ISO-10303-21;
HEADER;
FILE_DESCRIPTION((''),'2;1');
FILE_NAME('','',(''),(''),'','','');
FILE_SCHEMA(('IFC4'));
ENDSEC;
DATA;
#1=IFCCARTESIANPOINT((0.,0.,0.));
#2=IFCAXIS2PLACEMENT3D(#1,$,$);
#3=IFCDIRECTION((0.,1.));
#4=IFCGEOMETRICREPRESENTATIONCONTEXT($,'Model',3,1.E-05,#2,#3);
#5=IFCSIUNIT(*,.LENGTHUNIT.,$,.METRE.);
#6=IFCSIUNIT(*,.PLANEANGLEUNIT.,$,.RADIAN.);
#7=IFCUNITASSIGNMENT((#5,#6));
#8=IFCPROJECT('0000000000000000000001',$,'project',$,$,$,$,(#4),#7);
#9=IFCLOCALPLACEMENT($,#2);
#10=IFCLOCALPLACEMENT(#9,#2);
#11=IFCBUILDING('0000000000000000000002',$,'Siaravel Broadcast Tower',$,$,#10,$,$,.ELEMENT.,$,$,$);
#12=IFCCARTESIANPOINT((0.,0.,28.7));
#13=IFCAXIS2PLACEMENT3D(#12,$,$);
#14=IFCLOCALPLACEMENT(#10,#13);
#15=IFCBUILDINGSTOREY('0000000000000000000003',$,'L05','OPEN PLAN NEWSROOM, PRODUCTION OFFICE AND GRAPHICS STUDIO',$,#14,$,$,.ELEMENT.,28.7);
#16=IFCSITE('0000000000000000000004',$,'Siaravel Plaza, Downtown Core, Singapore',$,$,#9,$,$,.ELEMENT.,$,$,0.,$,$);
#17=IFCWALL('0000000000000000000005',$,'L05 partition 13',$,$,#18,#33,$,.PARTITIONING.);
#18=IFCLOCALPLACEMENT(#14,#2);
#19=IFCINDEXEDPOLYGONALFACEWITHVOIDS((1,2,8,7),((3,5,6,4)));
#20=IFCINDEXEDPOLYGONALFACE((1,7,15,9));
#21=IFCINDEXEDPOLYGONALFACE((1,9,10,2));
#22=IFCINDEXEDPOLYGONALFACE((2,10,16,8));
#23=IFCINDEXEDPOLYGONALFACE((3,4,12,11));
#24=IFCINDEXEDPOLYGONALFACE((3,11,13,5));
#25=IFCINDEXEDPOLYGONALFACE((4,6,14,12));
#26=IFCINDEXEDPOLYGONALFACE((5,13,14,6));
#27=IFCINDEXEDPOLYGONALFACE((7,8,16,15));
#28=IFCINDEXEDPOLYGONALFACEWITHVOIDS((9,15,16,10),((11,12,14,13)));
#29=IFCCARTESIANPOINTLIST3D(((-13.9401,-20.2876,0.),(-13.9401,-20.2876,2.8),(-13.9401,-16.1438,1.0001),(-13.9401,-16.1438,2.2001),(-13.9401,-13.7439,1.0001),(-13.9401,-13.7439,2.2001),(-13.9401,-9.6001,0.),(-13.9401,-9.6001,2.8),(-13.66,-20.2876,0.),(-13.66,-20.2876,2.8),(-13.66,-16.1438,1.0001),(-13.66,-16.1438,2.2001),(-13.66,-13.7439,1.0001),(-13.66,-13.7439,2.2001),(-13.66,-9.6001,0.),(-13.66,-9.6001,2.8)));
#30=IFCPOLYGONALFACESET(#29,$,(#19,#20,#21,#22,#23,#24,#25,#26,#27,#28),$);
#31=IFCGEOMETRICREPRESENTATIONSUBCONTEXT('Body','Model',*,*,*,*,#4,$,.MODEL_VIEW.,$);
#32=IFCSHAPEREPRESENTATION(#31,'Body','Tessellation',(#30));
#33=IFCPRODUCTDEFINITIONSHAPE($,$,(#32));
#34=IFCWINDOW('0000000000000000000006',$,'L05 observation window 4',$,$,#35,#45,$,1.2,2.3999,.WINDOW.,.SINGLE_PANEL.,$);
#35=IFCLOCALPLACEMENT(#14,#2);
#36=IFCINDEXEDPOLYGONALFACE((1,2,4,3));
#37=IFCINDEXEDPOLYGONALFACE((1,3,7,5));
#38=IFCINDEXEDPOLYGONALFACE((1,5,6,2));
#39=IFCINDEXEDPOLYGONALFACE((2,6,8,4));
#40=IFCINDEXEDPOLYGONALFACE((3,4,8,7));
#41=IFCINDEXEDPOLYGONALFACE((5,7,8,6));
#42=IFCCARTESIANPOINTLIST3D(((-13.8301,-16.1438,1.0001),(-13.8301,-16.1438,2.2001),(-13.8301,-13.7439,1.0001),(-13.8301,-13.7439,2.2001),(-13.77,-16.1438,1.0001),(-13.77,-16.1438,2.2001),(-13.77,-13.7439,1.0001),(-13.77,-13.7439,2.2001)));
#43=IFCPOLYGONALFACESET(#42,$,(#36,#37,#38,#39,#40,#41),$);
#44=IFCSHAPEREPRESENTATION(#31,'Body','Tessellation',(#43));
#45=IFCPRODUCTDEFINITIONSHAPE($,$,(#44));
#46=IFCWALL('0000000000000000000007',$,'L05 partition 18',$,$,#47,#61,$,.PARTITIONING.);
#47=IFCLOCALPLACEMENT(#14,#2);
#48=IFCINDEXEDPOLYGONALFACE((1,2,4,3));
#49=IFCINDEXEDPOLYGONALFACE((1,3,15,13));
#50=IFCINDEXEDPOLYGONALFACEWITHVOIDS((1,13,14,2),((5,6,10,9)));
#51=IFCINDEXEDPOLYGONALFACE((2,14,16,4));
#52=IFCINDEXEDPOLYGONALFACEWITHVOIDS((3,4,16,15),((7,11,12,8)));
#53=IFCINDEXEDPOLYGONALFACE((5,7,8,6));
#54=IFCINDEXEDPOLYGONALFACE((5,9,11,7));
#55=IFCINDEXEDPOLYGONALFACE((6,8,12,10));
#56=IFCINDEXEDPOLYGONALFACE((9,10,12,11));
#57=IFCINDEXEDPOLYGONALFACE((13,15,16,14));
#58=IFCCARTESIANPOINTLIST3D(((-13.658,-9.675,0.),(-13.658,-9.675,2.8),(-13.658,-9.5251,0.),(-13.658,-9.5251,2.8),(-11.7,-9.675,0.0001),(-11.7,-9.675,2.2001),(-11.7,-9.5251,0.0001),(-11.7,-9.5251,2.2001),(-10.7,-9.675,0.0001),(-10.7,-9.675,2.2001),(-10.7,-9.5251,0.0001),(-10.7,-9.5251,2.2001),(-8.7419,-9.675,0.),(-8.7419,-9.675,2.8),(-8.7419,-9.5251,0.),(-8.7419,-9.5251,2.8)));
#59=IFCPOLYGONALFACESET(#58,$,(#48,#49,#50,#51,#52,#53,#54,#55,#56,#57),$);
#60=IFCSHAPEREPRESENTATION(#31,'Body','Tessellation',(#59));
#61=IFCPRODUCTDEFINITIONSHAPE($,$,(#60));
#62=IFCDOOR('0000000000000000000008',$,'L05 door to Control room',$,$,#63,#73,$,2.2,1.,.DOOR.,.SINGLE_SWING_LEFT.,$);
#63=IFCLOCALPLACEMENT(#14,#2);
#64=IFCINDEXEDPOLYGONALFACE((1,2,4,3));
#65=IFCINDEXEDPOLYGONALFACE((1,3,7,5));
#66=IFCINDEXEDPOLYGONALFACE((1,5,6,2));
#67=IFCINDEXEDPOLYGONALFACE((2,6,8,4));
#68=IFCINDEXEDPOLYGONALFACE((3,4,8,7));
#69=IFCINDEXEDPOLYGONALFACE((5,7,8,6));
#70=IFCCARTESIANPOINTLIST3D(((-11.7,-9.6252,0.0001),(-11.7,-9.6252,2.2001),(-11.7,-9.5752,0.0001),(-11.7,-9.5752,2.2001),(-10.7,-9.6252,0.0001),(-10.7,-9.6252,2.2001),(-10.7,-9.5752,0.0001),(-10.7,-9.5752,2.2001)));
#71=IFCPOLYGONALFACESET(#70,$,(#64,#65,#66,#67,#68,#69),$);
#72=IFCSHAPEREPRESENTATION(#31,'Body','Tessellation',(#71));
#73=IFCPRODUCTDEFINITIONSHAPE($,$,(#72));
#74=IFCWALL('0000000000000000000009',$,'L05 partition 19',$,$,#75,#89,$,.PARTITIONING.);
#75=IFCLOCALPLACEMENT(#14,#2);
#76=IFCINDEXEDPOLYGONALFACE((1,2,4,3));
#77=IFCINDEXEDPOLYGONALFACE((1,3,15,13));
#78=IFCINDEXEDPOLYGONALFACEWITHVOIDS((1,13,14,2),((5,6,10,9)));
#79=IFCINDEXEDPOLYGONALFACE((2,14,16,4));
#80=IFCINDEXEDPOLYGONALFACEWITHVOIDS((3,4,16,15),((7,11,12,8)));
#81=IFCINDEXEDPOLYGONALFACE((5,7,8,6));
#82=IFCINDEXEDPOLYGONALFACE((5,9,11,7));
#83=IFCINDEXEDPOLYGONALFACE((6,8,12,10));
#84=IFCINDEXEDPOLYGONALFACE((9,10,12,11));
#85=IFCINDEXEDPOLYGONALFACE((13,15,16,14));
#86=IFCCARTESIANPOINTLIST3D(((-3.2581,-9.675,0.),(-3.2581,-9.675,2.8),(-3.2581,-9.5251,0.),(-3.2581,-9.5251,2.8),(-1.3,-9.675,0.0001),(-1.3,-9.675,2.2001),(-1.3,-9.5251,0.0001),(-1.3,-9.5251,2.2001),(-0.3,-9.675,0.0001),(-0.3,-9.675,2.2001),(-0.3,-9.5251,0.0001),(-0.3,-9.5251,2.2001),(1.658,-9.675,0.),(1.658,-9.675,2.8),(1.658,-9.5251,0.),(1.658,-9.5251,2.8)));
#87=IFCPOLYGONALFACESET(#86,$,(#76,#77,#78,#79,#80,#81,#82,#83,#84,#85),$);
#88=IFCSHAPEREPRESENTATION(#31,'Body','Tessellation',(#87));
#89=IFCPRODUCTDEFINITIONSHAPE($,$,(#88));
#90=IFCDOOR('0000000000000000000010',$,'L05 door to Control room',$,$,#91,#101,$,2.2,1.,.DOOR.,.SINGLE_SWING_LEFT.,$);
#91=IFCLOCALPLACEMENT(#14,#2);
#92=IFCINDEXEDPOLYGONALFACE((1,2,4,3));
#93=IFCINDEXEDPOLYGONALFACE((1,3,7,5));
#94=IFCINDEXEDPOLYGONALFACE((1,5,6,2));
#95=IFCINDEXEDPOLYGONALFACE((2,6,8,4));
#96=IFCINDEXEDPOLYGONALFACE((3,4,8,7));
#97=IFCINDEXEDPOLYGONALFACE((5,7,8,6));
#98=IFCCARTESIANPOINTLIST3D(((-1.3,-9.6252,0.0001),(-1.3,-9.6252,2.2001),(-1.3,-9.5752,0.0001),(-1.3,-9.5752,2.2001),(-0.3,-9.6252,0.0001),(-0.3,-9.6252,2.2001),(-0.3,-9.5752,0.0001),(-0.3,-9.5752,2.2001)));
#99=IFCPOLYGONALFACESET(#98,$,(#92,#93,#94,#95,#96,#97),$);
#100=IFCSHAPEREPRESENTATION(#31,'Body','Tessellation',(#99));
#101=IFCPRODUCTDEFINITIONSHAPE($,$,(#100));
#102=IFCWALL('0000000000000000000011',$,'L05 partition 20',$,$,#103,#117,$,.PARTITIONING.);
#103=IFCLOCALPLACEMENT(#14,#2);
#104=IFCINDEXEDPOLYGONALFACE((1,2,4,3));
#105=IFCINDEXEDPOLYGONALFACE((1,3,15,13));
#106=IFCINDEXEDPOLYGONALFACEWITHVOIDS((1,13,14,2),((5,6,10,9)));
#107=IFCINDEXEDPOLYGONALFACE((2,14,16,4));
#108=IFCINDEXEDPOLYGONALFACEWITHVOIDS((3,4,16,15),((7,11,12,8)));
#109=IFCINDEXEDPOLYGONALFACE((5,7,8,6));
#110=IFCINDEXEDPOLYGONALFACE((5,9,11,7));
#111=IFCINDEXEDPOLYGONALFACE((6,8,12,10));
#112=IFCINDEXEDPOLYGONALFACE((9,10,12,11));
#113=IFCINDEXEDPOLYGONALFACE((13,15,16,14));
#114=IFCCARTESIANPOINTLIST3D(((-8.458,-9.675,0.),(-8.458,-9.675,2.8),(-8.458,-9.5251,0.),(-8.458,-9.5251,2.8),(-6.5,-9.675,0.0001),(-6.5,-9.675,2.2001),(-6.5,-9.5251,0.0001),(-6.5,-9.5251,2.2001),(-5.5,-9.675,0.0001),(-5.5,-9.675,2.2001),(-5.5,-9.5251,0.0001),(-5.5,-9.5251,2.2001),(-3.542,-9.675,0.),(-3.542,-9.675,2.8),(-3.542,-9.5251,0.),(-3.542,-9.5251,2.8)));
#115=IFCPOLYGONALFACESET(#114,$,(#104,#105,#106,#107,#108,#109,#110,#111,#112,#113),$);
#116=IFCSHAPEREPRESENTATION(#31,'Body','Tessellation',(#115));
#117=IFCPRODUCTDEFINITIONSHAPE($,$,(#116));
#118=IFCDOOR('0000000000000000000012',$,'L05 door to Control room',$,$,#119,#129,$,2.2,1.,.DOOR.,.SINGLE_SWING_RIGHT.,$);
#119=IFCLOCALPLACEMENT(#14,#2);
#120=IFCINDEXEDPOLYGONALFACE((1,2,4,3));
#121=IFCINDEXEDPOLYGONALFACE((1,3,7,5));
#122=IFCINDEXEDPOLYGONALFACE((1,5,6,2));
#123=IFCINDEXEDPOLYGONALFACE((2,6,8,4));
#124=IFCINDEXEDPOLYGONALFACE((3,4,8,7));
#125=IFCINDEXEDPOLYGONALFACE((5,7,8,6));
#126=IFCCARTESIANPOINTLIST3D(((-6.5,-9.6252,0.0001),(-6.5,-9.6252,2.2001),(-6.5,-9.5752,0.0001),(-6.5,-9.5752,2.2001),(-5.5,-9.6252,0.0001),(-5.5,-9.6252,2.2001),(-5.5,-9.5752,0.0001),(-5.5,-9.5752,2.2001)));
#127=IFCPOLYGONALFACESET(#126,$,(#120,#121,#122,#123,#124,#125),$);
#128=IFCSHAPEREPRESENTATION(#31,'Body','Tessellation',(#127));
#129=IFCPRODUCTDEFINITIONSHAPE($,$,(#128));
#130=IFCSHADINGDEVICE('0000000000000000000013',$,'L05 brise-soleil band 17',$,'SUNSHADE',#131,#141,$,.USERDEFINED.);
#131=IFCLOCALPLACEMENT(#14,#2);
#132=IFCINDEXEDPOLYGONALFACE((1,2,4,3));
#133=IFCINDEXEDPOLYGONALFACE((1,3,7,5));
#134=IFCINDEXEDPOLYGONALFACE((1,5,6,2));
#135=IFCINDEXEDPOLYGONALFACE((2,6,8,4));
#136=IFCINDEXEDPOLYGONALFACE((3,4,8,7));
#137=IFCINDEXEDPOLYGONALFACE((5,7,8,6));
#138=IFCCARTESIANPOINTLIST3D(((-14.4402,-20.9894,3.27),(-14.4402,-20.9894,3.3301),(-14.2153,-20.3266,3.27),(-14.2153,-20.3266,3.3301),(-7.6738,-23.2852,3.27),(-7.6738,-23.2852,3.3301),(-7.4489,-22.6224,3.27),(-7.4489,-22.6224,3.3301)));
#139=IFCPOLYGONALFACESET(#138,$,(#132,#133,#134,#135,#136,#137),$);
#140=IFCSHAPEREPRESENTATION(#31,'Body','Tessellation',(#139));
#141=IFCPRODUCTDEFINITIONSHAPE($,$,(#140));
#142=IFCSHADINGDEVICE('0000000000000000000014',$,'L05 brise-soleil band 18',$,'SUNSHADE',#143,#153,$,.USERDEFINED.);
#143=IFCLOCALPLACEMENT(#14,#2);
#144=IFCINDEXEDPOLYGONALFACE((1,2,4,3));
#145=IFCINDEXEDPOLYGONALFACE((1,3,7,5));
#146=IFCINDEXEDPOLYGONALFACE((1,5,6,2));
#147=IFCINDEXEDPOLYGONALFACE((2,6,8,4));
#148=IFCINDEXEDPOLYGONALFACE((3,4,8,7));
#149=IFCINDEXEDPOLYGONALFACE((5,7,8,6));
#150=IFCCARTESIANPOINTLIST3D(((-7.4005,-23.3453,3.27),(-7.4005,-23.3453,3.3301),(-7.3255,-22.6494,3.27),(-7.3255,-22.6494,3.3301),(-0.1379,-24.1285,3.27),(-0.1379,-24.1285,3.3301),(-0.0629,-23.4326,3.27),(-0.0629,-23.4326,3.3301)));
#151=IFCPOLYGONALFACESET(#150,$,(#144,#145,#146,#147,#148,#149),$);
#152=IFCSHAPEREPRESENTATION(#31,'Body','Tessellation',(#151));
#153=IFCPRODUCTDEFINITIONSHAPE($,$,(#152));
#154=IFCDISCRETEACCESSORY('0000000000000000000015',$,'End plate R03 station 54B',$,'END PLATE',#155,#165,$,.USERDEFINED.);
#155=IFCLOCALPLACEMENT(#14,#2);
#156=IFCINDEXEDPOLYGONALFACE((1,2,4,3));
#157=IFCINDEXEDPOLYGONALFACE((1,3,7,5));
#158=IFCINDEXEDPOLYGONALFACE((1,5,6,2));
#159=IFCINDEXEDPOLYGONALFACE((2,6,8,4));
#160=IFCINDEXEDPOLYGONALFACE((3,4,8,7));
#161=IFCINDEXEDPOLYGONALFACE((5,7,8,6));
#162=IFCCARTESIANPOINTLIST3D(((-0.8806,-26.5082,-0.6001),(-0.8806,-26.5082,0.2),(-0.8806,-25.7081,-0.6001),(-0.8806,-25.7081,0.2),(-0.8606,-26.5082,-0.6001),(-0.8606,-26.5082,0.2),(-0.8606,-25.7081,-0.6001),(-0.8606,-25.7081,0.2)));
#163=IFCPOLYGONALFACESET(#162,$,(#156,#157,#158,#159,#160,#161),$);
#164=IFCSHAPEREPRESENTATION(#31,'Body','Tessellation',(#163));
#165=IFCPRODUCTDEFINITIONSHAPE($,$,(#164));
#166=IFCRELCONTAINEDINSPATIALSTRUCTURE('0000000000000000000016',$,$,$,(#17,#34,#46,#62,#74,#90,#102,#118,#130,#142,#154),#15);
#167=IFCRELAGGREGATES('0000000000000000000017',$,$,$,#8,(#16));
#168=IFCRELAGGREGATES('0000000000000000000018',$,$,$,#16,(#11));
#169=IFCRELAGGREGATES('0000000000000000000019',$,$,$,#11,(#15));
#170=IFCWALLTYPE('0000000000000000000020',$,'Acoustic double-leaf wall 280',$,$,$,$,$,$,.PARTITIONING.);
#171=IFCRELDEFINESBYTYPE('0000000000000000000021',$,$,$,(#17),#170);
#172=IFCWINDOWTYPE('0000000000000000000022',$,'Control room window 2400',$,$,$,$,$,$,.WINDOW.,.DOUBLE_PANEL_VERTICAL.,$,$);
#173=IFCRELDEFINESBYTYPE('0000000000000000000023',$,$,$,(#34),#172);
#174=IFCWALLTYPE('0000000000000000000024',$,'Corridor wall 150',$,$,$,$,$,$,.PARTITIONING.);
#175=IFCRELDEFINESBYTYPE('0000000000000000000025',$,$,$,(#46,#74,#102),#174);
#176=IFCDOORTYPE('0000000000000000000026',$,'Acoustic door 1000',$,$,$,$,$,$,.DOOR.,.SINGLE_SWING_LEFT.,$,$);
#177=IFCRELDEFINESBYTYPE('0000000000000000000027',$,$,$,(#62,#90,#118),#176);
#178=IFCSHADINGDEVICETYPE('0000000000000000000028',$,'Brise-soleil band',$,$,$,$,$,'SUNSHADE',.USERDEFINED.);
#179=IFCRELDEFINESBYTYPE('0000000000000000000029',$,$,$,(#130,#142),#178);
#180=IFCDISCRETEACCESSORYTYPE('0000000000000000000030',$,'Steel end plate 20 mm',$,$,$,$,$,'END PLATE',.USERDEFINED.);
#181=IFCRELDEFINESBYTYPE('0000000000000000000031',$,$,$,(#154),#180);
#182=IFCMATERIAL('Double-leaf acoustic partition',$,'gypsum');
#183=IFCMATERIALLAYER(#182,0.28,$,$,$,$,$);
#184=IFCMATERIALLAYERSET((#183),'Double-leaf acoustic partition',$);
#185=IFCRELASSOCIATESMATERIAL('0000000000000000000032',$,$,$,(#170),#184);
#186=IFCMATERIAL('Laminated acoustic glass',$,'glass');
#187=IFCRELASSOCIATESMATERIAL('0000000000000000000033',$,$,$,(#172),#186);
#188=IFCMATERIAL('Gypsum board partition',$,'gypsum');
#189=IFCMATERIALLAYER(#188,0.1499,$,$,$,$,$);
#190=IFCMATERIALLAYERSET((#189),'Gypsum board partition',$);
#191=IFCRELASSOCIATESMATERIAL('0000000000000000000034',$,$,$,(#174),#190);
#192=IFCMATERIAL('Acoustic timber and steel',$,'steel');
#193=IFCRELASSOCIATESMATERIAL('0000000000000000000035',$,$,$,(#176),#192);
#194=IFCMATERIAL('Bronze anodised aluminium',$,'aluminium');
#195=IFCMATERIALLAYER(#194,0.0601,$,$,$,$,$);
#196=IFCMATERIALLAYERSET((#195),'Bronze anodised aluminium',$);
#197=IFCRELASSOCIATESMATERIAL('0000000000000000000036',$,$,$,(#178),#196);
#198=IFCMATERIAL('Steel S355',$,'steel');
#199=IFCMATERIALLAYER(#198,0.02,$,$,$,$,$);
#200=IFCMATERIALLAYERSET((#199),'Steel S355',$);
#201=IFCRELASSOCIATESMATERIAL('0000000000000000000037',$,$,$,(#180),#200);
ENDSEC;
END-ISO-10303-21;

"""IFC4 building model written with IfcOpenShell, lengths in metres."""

from ifc_helpers import new_model, si_unit, direction, frame, frame_2d, origin, origin_2d, place, context, subcontext, project, spatial, rectangle, extrude, material, layer, layer_set, type_object, element, fill, save


model = new_model("IFC4")

# Units and contexts
model_context = context("Model", 3, precision=1e-05, world=origin(), true_north=direction((0.0, 1.0)))
body_context = subcontext(model_context, "Body", "Model", "MODEL_VIEW")
ifc_project = project(units=[si_unit("LENGTHUNIT", "METRE"), si_unit("PLANEANGLEUNIT", "RADIAN")], contexts=[model_context])

# Site, building, storey
site_placement = place(None, origin())
site = spatial("IfcSite", under=ifc_project, at=site_placement, Name="Siaravel Plaza, Downtown Core, Singapore", CompositionType="ELEMENT", RefElevation=0.0)
building_placement = place(site_placement, origin())
building = spatial("IfcBuilding", under=site, at=building_placement, Name="Siaravel Broadcast Tower", CompositionType="ELEMENT")
storey_placement = place(building_placement, frame((0.0, 0.0, 28.7)))
storey = spatial("IfcBuildingStorey", under=building, at=storey_placement, Name="L05", Description="OPEN PLAN NEWSROOM, PRODUCTION OFFICE AND GRAPHICS STUDIO", CompositionType="ELEMENT", Elevation=28.7)

# Shared definitions
ifc_material_1 = material(Name="Steel S355", Category="steel")

# Wall, opening, window
ifc_material_2 = material(Name="Double-leaf acoustic partition", Category="gypsum")
ifc_layer_1 = layer(ifc_material_2, 0.28)
ifc_layer_set_1 = layer_set([ifc_layer_1], Name="Double-leaf acoustic partition")
wall_type_1 = type_object("IfcWallType", Name="Acoustic double-leaf wall 280", PredefinedType="PARTITIONING", material=ifc_layer_set_1)
ifc_material_3 = material(Name="Laminated acoustic glass", Category="glass")
window_type = type_object("IfcWindowType", Name="Control room window 2400", PartitioningType="DOUBLE_PANEL_VERTICAL", PredefinedType="WINDOW", material=ifc_material_3)
wall_1_placement = place(storey_placement, frame((-13.8, -20.2876, 0.0), z_axis=(0.0, 0.0, 1.0), x_axis=(0.0, 1.0, 0.0)))
wall_1 = element("IfcWall", 1, at=wall_1_placement, inside=storey, type_object=wall_type_1, Name="L05 partition 13", PredefinedType="PARTITIONING", context=body_context, shape_type="SweptSolid", body=[
    extrude(rectangle(XDim=10.6875, YDim=0.28, at=frame_2d((5.3438, 0.0))), origin(), (0.0, 0.0, 1.0), 2.8),
])
opening_1_placement = place(wall_1_placement, frame((4.1438, 0.0, 1.0)))
opening_1 = element("IfcOpeningElement", 2, at=opening_1_placement, cuts=wall_1, PredefinedType="OPENING", context=body_context, shape_type="SweptSolid", body=[
    extrude(rectangle(XDim=2.3999, YDim=1.2, at=frame_2d((1.2, 0.6001))), frame((0.0, 0.1499, 0.0), z_axis=(0.0, -1.0, 0.0), x_axis=(1.0, 0.0, 0.0)), (0.0, 0.0, 1.0), 0.3),
])
window_1_placement = place(opening_1_placement, origin())
window_1 = element("IfcWindow", 3, at=window_1_placement, inside=storey, type_object=window_type, Name="L05 observation window 4", OverallHeight=1.2, OverallWidth=2.3999, PartitioningType="SINGLE_PANEL", PredefinedType="WINDOW", context=body_context, shape_type="SweptSolid", body=[
    extrude(rectangle(XDim=2.3999, YDim=1.2, at=frame_2d((1.2, 0.6001))), frame((0.0, 0.03, 0.0), z_axis=(0.0, -1.0, 0.0), x_axis=(1.0, 0.0, 0.0)), (0.0, 0.0, 1.0), 0.0601),
])
fill(opening_1, window_1)

# Walls, openings, doors
ifc_material_4 = material(Name="Gypsum board partition", Category="gypsum")
ifc_layer_2 = layer(ifc_material_4, 0.1499)
ifc_layer_set_2 = layer_set([ifc_layer_2], Name="Gypsum board partition")
wall_type_2 = type_object("IfcWallType", Name="Corridor wall 150", PredefinedType="PARTITIONING", material=ifc_layer_set_2)
wall_2_placement = place(storey_placement, frame((-13.658, -9.6001, 0.0), z_axis=(0.0, 0.0, 1.0), x_axis=(1.0, 0.0, 0.0)))
wall_2 = element("IfcWall", 4, at=wall_2_placement, inside=storey, type_object=wall_type_2, Name="L05 partition 18", PredefinedType="PARTITIONING", context=body_context, shape_type="SweptSolid", body=[
    extrude(rectangle(XDim=4.916, YDim=0.1499, at=frame_2d((2.458, 0.0))), origin(), (0.0, 0.0, 1.0), 2.8),
])
opening_2_placement = place(wall_2_placement, frame((1.958, 0.0, 0.0)))
opening_2 = element("IfcOpeningElement", 5, at=opening_2_placement, cuts=wall_2, PredefinedType="OPENING", context=body_context, shape_type="SweptSolid", body=[
    extrude(rectangle(XDim=1.0, YDim=2.2, at=frame_2d((0.5, 1.1001))), frame((0.0, 0.085, 0.0), z_axis=(0.0, -1.0, 0.0), x_axis=(1.0, 0.0, 0.0)), (0.0, 0.0, 1.0), 0.1699),
])
ifc_material_5 = material(Name="Acoustic timber and steel", Category="steel")
door_type_1 = type_object("IfcDoorType", Name="Acoustic door 1000", OperationType="SINGLE_SWING_LEFT", PredefinedType="DOOR", material=ifc_material_5)
door_1_placement = place(opening_2_placement, origin())
door_1 = element("IfcDoor", 6, at=door_1_placement, inside=storey, type_object=door_type_1, Name="L05 door to Control room", OperationType="SINGLE_SWING_LEFT", OverallHeight=2.2, OverallWidth=1.0, PredefinedType="DOOR", context=body_context, shape_type="SweptSolid", body=[
    extrude(rectangle(XDim=1.0, YDim=2.2, at=frame_2d((0.5, 1.1001))), frame((0.0, 0.0249, 0.0), z_axis=(0.0, -1.0, 0.0), x_axis=(1.0, 0.0, 0.0)), (0.0, 0.0, 1.0), 0.05),
])
fill(opening_2, door_1)
wall_3_placement = place(storey_placement, frame((-3.2581, -9.6001, 0.0), z_axis=(0.0, 0.0, 1.0), x_axis=(1.0, 0.0, 0.0)))
wall_3 = element("IfcWall", 7, at=wall_3_placement, inside=storey, type_object=wall_type_2, Name="L05 partition 19", PredefinedType="PARTITIONING", context=body_context, shape_type="SweptSolid", body=[
    extrude(rectangle(XDim=4.916, YDim=0.1499, at=frame_2d((2.458, 0.0))), origin(), (0.0, 0.0, 1.0), 2.8),
])
opening_3_placement = place(wall_3_placement, frame((1.958, 0.0, 0.0)))
opening_3 = element("IfcOpeningElement", 8, at=opening_3_placement, cuts=wall_3, PredefinedType="OPENING", context=body_context, shape_type="SweptSolid", body=[
    extrude(rectangle(XDim=1.0, YDim=2.2, at=frame_2d((0.5, 1.1001))), frame((0.0, 0.085, 0.0), z_axis=(0.0, -1.0, 0.0), x_axis=(1.0, 0.0, 0.0)), (0.0, 0.0, 1.0), 0.1699),
])
door_2_placement = place(opening_3_placement, origin())
door_2 = element("IfcDoor", 9, at=door_2_placement, inside=storey, type_object=door_type_1, Name="L05 door to Control room", OperationType="SINGLE_SWING_LEFT", OverallHeight=2.2, OverallWidth=1.0, PredefinedType="DOOR", context=body_context, shape_type="SweptSolid", body=[
    extrude(rectangle(XDim=1.0, YDim=2.2, at=frame_2d((0.5, 1.1001))), frame((0.0, 0.0249, 0.0), z_axis=(0.0, -1.0, 0.0), x_axis=(1.0, 0.0, 0.0)), (0.0, 0.0, 1.0), 0.05),
])
fill(opening_3, door_2)
wall_4_placement = place(storey_placement, frame((-8.458, -9.6001, 0.0), z_axis=(0.0, 0.0, 1.0), x_axis=(1.0, 0.0, 0.0)))
wall_4 = element("IfcWall", 10, at=wall_4_placement, inside=storey, type_object=wall_type_2, Name="L05 partition 20", PredefinedType="PARTITIONING", context=body_context, shape_type="SweptSolid", body=[
    extrude(rectangle(XDim=4.916, YDim=0.1499, at=frame_2d((2.458, 0.0))), origin(), (0.0, 0.0, 1.0), 2.8),
])
opening_4_placement = place(wall_4_placement, frame((1.958, 0.0, 0.0)))
opening_4 = element("IfcOpeningElement", 11, at=opening_4_placement, cuts=wall_4, PredefinedType="OPENING", context=body_context, shape_type="SweptSolid", body=[
    extrude(rectangle(XDim=1.0, YDim=2.2, at=frame_2d((0.5, 1.1001))), frame((0.0, 0.085, 0.0), z_axis=(0.0, -1.0, 0.0), x_axis=(1.0, 0.0, 0.0)), (0.0, 0.0, 1.0), 0.1699),
])
door_3_placement = place(opening_4_placement, origin())
door_3 = element("IfcDoor", 12, at=door_3_placement, inside=storey, type_object=door_type_1, Name="L05 door to Control room", OperationType="SINGLE_SWING_RIGHT", OverallHeight=2.2, OverallWidth=1.0, PredefinedType="DOOR", context=body_context, shape_type="SweptSolid", body=[
    extrude(rectangle(XDim=1.0, YDim=2.2, at=frame_2d((0.5, 1.1001))), frame((0.0, 0.0249, 0.0), z_axis=(0.0, -1.0, 0.0), x_axis=(1.0, 0.0, 0.0)), (0.0, 0.0, 1.0), 0.05),
])
fill(opening_4, door_3)

# Shading devices
ifc_material_6 = material(Name="Bronze anodised aluminium", Category="aluminium")
ifc_layer_3 = layer(ifc_material_6, 0.0601)
ifc_layer_set_3 = layer_set([ifc_layer_3], Name="Bronze anodised aluminium")
shading_device_type = type_object("IfcShadingDeviceType", Name="Brise-soleil band", ElementType="SUNSHADE", PredefinedType="USERDEFINED", material=ifc_layer_set_3)
shading_device_1_placement = place(storey_placement, frame((-10.9446, -21.8059, 3.27), z_axis=(0.0, 0.0, 1.0), x_axis=(0.946977, -0.321301, 0.0)))
element("IfcShadingDevice", 13, at=shading_device_1_placement, inside=storey, type_object=shading_device_type, Name="L05 brise-soleil band 17", ObjectType="SUNSHADE", PredefinedType="USERDEFINED", context=body_context, shape_type="SweptSolid", body=[
    extrude(rectangle(XDim=7.1453, YDim=0.7, at=origin_2d()), origin(), (0.0, 0.0, 1.0), 0.0601),
])
shading_device_2_placement = place(storey_placement, frame((-3.7317, -23.3889, 3.27), z_axis=(0.0, 0.0, 1.0), x_axis=(0.994236, -0.107217, 0.0)))
element("IfcShadingDevice", 14, at=shading_device_2_placement, inside=storey, type_object=shading_device_type, Name="L05 brise-soleil band 18", ObjectType="SUNSHADE", PredefinedType="USERDEFINED", context=body_context, shape_type="SweptSolid", body=[
    extrude(rectangle(XDim=7.3047, YDim=0.7, at=origin_2d()), origin(), (0.0, 0.0, 1.0), 0.0601),
])

# Discrete accessory
ifc_layer_4 = layer(ifc_material_1, 0.02)
ifc_layer_set_4 = layer_set([ifc_layer_4], Name="Steel S355")
discrete_accessory_type = type_object("IfcDiscreteAccessoryType", Name="Steel end plate 20 mm", ElementType="END PLATE", PredefinedType="USERDEFINED", material=ifc_layer_set_4)
discrete_accessory_placement = place(storey_placement, frame((-0.8706, -26.1082, -0.6001), z_axis=(0.0, 0.0, 1.0), x_axis=(1.0, 0.0, 0.0)))
element("IfcDiscreteAccessory", 15, at=discrete_accessory_placement, inside=storey, type_object=discrete_accessory_type, Name="End plate R03 station 54B", ObjectType="END PLATE", PredefinedType="USERDEFINED", context=body_context, shape_type="SweptSolid", body=[
    extrude(rectangle(XDim=0.02, YDim=0.8, at=origin_2d()), origin(), (0.0, 0.0, 1.0), 0.8),
])

save(model, "model.ifc")
